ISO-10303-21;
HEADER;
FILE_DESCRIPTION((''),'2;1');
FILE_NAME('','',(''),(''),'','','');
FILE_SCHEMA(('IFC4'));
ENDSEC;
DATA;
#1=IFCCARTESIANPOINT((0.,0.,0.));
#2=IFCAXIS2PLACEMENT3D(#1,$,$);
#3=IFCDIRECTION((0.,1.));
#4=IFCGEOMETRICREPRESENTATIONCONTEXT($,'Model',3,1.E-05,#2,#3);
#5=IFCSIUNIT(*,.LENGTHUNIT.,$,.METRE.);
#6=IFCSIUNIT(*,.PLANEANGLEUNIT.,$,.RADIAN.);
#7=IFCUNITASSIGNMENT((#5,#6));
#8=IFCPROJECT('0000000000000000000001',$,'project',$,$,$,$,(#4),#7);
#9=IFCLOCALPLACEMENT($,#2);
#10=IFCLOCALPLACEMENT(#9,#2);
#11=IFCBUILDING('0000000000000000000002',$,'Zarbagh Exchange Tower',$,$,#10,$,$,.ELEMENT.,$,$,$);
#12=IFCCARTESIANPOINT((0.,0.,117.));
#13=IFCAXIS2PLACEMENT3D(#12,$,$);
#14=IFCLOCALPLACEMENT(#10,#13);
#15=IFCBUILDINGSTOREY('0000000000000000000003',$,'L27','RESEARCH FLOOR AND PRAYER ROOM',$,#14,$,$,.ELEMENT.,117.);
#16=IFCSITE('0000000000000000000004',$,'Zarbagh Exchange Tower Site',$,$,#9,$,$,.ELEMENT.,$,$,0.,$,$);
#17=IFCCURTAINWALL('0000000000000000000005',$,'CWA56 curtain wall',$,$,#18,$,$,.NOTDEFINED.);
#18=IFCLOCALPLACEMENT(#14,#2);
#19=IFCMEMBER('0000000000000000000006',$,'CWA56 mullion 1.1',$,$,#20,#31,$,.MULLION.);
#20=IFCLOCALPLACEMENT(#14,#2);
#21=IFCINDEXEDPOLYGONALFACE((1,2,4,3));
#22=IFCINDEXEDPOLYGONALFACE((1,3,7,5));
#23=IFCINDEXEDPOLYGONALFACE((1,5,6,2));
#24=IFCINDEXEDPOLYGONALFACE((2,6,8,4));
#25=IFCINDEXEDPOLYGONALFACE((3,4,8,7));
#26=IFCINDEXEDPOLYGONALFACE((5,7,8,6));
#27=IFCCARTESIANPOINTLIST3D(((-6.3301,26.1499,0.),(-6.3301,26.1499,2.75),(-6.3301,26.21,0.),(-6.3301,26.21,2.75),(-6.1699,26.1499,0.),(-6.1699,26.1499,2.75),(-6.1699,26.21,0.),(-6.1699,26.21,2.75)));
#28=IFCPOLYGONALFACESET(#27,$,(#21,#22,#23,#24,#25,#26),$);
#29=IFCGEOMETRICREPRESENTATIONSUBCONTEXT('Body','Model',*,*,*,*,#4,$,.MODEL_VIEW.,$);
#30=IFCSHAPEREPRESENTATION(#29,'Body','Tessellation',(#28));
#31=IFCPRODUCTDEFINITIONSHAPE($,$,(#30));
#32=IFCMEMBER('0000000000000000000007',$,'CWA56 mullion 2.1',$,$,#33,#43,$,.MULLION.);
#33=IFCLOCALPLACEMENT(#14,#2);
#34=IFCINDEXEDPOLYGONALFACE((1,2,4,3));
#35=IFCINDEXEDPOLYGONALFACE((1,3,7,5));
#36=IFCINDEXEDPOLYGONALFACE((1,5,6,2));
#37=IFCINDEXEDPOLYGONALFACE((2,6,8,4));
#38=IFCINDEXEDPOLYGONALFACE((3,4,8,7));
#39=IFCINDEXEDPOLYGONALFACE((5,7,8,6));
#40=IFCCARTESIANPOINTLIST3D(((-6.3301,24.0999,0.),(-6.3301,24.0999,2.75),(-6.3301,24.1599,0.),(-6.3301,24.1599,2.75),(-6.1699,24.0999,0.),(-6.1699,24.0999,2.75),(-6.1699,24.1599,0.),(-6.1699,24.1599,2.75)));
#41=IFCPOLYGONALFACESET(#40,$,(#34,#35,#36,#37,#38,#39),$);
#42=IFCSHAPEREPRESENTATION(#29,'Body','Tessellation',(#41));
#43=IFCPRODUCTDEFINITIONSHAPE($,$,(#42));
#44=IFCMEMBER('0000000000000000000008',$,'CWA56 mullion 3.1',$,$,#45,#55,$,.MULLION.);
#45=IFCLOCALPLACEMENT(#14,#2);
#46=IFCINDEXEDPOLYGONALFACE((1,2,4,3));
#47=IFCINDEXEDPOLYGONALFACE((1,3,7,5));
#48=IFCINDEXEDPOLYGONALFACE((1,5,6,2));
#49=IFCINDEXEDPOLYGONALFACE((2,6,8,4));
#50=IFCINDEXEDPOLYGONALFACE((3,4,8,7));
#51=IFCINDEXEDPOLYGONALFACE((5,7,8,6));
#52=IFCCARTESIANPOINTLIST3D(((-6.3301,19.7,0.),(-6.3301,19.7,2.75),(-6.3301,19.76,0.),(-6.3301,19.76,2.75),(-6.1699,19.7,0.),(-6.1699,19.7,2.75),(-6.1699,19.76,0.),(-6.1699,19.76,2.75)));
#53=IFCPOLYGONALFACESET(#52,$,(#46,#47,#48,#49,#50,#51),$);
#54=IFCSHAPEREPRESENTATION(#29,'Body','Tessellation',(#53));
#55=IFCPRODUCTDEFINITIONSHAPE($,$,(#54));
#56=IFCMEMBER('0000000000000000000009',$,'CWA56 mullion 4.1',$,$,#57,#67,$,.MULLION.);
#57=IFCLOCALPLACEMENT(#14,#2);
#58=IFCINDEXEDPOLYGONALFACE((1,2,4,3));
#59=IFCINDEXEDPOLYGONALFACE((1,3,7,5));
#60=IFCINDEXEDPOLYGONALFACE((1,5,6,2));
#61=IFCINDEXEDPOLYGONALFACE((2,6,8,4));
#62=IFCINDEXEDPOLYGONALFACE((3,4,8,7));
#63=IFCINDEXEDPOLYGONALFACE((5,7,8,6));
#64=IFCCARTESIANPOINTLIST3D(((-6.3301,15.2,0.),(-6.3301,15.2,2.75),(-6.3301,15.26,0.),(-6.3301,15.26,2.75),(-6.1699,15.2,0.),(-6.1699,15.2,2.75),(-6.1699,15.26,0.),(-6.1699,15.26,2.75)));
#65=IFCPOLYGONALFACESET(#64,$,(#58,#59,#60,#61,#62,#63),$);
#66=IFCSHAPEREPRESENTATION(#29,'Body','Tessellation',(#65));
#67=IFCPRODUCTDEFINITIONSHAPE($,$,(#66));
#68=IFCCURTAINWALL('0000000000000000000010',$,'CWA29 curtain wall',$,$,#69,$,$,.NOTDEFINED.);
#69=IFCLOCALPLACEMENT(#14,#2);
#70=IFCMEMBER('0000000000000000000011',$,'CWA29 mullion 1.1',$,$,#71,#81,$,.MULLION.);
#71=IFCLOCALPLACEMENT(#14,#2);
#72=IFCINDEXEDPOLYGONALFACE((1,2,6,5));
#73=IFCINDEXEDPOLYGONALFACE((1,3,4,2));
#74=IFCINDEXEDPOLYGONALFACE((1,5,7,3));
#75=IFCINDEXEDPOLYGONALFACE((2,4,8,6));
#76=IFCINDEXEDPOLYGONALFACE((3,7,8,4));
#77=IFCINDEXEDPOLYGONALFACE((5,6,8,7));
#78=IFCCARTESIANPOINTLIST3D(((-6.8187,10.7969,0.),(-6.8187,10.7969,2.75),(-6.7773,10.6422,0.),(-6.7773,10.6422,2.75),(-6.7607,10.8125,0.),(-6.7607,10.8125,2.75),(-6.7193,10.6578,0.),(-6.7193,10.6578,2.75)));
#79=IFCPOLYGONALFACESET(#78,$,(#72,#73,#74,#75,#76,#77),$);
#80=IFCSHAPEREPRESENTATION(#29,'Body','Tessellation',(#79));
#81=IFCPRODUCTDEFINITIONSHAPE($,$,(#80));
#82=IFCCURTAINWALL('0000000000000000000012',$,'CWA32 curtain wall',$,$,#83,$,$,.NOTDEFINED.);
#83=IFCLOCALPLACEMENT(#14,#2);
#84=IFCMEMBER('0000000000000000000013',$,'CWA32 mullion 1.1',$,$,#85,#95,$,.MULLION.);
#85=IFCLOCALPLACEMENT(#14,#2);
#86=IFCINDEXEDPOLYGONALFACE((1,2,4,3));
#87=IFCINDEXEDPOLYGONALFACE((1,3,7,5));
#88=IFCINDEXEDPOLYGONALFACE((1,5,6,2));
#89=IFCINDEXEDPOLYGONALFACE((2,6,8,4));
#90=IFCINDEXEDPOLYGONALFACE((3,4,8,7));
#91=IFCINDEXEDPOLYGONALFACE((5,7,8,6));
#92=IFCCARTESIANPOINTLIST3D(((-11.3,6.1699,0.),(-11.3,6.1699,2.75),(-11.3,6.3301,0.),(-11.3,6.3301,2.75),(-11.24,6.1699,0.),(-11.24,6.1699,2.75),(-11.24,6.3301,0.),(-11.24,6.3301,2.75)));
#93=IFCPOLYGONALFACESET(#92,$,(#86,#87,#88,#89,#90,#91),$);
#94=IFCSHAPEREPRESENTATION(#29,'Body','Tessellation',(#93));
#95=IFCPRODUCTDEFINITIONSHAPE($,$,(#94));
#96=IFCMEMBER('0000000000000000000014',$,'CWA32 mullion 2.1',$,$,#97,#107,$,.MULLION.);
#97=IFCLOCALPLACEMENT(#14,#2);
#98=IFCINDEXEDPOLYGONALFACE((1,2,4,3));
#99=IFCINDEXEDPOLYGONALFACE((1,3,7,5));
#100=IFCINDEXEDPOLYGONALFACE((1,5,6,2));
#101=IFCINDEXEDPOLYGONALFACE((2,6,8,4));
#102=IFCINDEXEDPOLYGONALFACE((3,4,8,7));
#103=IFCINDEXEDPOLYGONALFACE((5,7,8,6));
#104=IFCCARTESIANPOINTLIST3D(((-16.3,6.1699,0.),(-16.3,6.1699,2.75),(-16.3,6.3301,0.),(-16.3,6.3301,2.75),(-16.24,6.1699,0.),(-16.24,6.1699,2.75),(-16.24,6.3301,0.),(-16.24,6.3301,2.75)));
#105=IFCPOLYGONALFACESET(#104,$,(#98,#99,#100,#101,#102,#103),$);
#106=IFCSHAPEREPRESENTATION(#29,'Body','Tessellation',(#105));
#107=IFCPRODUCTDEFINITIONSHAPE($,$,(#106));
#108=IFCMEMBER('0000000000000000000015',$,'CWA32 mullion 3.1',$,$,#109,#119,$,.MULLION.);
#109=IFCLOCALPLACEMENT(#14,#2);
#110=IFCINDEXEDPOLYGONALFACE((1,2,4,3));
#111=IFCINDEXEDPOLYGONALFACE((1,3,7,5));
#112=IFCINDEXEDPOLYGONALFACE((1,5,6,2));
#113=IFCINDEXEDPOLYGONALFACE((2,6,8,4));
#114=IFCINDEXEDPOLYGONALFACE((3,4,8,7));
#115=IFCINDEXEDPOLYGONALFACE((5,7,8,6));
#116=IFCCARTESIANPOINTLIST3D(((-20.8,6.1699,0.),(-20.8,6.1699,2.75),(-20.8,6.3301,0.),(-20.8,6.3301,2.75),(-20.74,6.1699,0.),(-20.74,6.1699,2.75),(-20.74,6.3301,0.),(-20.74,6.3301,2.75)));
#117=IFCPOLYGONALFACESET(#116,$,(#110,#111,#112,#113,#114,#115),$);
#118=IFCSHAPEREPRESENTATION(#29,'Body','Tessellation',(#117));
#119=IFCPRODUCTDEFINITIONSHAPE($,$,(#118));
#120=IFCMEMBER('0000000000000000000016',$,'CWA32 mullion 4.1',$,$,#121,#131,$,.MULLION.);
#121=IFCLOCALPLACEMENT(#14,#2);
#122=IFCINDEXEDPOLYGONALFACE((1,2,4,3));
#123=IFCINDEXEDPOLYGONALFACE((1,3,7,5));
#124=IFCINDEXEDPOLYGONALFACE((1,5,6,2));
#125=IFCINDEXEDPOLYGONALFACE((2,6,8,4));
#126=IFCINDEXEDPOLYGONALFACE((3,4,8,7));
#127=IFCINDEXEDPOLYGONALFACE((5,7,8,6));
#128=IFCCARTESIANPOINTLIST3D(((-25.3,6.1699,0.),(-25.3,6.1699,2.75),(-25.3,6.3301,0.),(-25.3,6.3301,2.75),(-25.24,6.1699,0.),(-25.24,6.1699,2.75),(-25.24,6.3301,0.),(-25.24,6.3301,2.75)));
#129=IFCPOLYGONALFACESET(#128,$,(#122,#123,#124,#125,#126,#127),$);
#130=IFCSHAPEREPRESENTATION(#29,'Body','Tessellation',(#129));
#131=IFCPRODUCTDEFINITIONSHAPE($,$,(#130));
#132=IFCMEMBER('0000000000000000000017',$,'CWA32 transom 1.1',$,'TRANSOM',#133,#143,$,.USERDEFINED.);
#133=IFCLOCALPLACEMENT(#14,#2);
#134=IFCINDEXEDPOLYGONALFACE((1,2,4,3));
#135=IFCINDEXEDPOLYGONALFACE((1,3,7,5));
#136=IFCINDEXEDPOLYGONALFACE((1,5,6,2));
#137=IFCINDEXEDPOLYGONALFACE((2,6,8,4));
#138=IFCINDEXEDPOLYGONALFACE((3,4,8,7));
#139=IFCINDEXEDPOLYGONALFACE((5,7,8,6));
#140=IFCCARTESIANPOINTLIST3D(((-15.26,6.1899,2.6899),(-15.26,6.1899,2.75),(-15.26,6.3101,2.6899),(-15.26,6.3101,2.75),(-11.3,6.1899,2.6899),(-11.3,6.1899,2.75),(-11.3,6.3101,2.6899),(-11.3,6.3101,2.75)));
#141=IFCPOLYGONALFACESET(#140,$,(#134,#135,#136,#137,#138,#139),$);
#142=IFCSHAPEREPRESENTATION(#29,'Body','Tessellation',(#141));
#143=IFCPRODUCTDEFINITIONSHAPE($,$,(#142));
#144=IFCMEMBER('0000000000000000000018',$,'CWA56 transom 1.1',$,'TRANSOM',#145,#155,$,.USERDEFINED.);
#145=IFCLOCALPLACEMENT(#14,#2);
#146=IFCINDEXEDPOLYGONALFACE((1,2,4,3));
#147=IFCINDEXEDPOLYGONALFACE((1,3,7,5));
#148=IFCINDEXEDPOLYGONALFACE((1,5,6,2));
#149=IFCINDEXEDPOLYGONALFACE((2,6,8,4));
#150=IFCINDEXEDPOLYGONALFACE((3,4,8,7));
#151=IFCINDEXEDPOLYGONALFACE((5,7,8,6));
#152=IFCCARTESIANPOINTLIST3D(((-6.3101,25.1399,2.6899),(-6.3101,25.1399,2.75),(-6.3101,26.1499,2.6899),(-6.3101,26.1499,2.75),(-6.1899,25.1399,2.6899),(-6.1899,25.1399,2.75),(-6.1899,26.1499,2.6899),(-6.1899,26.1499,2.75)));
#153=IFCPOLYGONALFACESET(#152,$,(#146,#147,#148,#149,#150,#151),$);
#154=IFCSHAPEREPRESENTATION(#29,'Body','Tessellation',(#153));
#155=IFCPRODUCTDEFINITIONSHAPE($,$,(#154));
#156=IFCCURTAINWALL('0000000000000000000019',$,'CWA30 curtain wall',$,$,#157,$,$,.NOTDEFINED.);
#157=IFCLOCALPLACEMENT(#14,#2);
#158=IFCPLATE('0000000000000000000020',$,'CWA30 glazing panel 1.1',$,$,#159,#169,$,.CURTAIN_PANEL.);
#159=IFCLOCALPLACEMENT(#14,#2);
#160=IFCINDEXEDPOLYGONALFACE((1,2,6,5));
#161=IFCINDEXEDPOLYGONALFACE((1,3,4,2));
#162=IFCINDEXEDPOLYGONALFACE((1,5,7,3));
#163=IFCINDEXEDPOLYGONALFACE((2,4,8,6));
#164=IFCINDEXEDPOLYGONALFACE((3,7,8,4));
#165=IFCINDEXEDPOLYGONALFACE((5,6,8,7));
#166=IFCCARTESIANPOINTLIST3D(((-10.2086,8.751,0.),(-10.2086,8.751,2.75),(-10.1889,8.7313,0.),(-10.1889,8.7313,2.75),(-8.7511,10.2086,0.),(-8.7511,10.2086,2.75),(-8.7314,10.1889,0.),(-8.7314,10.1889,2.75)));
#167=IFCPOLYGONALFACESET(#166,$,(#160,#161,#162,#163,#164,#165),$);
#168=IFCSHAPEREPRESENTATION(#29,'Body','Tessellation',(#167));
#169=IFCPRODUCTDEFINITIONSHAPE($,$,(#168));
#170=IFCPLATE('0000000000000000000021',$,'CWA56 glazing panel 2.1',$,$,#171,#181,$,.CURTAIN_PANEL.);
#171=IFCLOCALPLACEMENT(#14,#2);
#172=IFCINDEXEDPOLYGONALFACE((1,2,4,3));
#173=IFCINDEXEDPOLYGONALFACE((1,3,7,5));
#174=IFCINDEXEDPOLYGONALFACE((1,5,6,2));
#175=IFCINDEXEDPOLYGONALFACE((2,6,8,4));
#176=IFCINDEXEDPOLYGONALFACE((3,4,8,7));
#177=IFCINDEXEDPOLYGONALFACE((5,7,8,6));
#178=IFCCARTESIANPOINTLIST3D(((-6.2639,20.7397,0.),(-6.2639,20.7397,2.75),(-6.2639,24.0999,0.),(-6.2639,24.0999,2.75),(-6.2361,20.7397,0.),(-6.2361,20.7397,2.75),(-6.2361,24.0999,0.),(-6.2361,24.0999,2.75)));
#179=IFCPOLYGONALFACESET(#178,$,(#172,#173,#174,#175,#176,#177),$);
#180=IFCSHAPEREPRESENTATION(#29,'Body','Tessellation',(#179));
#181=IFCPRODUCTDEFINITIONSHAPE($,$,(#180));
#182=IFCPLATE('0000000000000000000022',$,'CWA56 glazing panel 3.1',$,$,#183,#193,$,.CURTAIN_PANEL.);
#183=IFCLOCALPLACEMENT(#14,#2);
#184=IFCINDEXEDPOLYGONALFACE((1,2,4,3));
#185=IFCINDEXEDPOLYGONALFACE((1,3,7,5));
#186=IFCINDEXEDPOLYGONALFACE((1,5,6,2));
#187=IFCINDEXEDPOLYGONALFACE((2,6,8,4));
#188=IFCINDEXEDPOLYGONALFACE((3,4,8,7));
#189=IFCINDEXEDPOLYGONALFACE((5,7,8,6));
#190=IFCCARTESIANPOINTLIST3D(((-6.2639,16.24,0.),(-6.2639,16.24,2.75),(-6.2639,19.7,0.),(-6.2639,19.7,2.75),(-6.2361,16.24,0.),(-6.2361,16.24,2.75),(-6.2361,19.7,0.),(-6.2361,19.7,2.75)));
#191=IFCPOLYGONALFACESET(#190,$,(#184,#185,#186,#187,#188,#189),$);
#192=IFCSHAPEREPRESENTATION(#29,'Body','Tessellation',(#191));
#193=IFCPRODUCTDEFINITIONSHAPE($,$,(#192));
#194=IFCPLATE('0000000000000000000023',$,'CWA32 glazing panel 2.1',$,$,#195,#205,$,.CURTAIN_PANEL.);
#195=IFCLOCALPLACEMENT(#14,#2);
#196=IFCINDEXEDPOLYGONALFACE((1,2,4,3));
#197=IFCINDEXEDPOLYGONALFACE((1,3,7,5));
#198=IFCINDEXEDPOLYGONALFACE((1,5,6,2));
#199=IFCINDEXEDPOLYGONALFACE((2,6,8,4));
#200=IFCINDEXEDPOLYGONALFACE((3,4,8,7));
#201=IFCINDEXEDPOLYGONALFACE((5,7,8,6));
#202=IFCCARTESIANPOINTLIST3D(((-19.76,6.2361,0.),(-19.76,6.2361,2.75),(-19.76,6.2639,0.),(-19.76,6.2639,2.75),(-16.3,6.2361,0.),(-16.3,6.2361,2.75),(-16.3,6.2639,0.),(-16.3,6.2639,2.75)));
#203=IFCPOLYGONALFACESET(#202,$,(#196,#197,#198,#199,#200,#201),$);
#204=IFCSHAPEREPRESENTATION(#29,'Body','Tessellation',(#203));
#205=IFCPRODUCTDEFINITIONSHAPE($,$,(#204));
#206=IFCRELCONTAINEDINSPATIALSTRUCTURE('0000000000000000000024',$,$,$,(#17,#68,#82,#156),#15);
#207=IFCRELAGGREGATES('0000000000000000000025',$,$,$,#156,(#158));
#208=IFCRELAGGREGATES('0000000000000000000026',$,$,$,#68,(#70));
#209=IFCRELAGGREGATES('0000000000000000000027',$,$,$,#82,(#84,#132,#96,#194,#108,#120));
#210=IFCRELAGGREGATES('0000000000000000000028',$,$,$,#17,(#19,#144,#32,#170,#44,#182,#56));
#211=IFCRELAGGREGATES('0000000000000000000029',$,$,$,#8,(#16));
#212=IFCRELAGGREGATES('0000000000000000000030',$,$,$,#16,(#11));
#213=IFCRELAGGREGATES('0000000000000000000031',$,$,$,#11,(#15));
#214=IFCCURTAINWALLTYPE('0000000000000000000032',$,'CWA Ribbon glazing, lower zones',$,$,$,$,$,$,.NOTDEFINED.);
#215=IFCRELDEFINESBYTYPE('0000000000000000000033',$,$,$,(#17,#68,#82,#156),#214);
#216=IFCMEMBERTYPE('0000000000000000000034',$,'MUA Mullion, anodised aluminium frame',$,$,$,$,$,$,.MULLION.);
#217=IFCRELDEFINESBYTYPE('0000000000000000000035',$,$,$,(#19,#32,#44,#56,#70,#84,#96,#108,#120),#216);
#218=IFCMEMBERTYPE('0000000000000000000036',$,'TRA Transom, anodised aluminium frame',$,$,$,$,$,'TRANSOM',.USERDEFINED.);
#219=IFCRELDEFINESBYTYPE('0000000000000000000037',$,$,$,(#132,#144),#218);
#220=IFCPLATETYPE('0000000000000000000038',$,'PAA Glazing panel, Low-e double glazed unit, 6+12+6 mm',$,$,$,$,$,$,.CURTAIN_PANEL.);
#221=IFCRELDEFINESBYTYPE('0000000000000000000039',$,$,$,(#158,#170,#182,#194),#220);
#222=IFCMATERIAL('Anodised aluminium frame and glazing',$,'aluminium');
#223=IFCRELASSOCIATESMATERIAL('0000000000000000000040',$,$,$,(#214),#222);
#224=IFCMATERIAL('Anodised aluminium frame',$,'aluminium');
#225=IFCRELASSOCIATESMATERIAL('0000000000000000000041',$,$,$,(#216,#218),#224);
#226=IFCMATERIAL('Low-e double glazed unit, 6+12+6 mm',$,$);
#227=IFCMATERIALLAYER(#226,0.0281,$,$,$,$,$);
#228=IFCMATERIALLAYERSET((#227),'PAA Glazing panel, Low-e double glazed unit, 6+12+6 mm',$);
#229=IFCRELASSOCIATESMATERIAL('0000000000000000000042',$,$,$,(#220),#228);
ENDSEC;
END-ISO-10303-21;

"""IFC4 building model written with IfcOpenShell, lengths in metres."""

from ifc_helpers import new_model, si_unit, direction, frame, origin, place, context, subcontext, project, spatial, polyline, outline, extrude, source, transform, mapped, material, layer, layer_set, type_object, element, aggregate, save


model = new_model("IFC4")

# Units and contexts
model_context = context("Model", 3, precision=1e-05, world=origin(), true_north=direction((0.0, 1.0)))
body_context = subcontext(model_context, "Body", "Model", "MODEL_VIEW")
ifc_project = project(units=[si_unit("LENGTHUNIT", "METRE"), si_unit("PLANEANGLEUNIT", "RADIAN")], contexts=[model_context])

# Site, building, storey
site_placement = place(None, origin())
site = spatial("IfcSite", under=ifc_project, at=site_placement, Name="Zarbagh Exchange Tower Site", CompositionType="ELEMENT", RefElevation=0.0)
building_placement = place(site_placement, origin())
building = spatial("IfcBuilding", under=site, at=building_placement, Name="Zarbagh Exchange Tower", CompositionType="ELEMENT")
storey_placement = place(building_placement, frame((0.0, 0.0, 117.0)))
storey = spatial("IfcBuildingStorey", under=building, at=storey_placement, Name="L27", Description="RESEARCH FLOOR AND PRAYER ROOM", CompositionType="ELEMENT", Elevation=117.0)

# Curtain wall, members
ifc_material_1 = material(Name="Anodised aluminium frame and glazing", Category="aluminium")
curtain_wall_type = type_object("IfcCurtainWallType", Name="CWA Ribbon glazing, lower zones", PredefinedType="NOTDEFINED", material=ifc_material_1)
curtain_wall_1_placement = place(storey_placement, origin())
curtain_wall_1 = element("IfcCurtainWall", 1, at=curtain_wall_1_placement, inside=storey, type_object=curtain_wall_type, Name="CWA56 curtain wall", PredefinedType="NOTDEFINED")
ifc_material_2 = material(Name="Anodised aluminium frame", Category="aluminium")
member_type_1 = type_object("IfcMemberType", Name="MUA Mullion, anodised aluminium frame", PredefinedType="MULLION", material=ifc_material_2)
shared_shape_1 = source(origin(), body_context, "Body", "SweptSolid", [
    extrude(outline(polyline([(0.0, -0.0801), (0.0601, -0.0801), (0.0601, 0.0801), (0.0, 0.0801), (0.0, -0.0801)])), origin(), (0.0, 0.0, 1.0), 2.75),
])
placement = place(storey_placement, origin())
member_1 = element("IfcMember", 2, at=placement, type_object=member_type_1, Name="CWA56 mullion 1.1", PredefinedType="MULLION", context=body_context, shape_type="MappedRepresentation", body=[
    mapped(shared_shape_1, transform((-6.25, 26.21, 0.0), x_axis=(0.0, -1.0, 0.0), y_axis=(1.0, 0.0, 0.0), z_axis=(0.0, 0.0, 1.0))),
])
member_2 = element("IfcMember", 3, at=placement, type_object=member_type_1, Name="CWA56 mullion 2.1", PredefinedType="MULLION", context=body_context, shape_type="MappedRepresentation", body=[
    mapped(shared_shape_1, transform((-6.25, 24.1599, 0.0), x_axis=(0.0, -1.0, 0.0), y_axis=(1.0, 0.0, 0.0), z_axis=(0.0, 0.0, 1.0))),
])
member_3 = element("IfcMember", 4, at=placement, type_object=member_type_1, Name="CWA56 mullion 3.1", PredefinedType="MULLION", context=body_context, shape_type="MappedRepresentation", body=[
    mapped(shared_shape_1, transform((-6.25, 19.76, 0.0), x_axis=(0.0, -1.0, 0.0), y_axis=(1.0, 0.0, 0.0), z_axis=(0.0, 0.0, 1.0))),
])
member_4 = element("IfcMember", 5, at=placement, type_object=member_type_1, Name="CWA56 mullion 4.1", PredefinedType="MULLION", context=body_context, shape_type="MappedRepresentation", body=[
    mapped(shared_shape_1, transform((-6.25, 15.26, 0.0), x_axis=(0.0, -1.0, 0.0), y_axis=(1.0, 0.0, 0.0), z_axis=(0.0, 0.0, 1.0))),
])

# Curtain wall, member
curtain_wall_2_placement = place(storey_placement, origin())
curtain_wall_2 = element("IfcCurtainWall", 6, at=curtain_wall_2_placement, inside=storey, type_object=curtain_wall_type, Name="CWA29 curtain wall", PredefinedType="NOTDEFINED")
member_5 = element("IfcMember", 7, at=placement, type_object=member_type_1, Name="CWA29 mullion 1.1", PredefinedType="MULLION", context=body_context, shape_type="MappedRepresentation", body=[
    mapped(shared_shape_1, transform((-6.74, 10.7351, 0.0), x_axis=(-0.965924, -0.258825, 0.0), y_axis=(0.258825, -0.965924, 0.0), z_axis=(0.0, 0.0, 1.0))),
])

# Curtain wall, members
curtain_wall_3_placement = place(storey_placement, origin())
curtain_wall_3 = element("IfcCurtainWall", 8, at=curtain_wall_3_placement, inside=storey, type_object=curtain_wall_type, Name="CWA32 curtain wall", PredefinedType="NOTDEFINED")
member_6 = element("IfcMember", 9, at=placement, type_object=member_type_1, Name="CWA32 mullion 1.1", PredefinedType="MULLION", context=body_context, shape_type="MappedRepresentation", body=[
    mapped(shared_shape_1, transform((-11.24, 6.25, 0.0), x_axis=(-1.0, 0.0, 0.0), y_axis=(0.0, -1.0, 0.0), z_axis=(0.0, 0.0, 1.0))),
])
member_7 = element("IfcMember", 10, at=placement, type_object=member_type_1, Name="CWA32 mullion 2.1", PredefinedType="MULLION", context=body_context, shape_type="MappedRepresentation", body=[
    mapped(shared_shape_1, transform((-16.24, 6.25, 0.0), x_axis=(-1.0, 0.0, 0.0), y_axis=(0.0, -1.0, 0.0), z_axis=(0.0, 0.0, 1.0))),
])
member_8 = element("IfcMember", 11, at=placement, type_object=member_type_1, Name="CWA32 mullion 3.1", PredefinedType="MULLION", context=body_context, shape_type="MappedRepresentation", body=[
    mapped(shared_shape_1, transform((-20.74, 6.25, 0.0), x_axis=(-1.0, 0.0, 0.0), y_axis=(0.0, -1.0, 0.0), z_axis=(0.0, 0.0, 1.0))),
])
member_9 = element("IfcMember", 12, at=placement, type_object=member_type_1, Name="CWA32 mullion 4.1", PredefinedType="MULLION", context=body_context, shape_type="MappedRepresentation", body=[
    mapped(shared_shape_1, transform((-25.24, 6.25, 0.0), x_axis=(-1.0, 0.0, 0.0), y_axis=(0.0, -1.0, 0.0), z_axis=(0.0, 0.0, 1.0))),
])
member_type_2 = type_object("IfcMemberType", Name="TRA Transom, anodised aluminium frame", ElementType="TRANSOM", PredefinedType="USERDEFINED", material=ifc_material_2)
shared_shape_2 = source(origin(), body_context, "Body", "SweptSolid", [
    extrude(outline(polyline([(-0.0601, -0.0601), (0.0, -0.0601), (0.0, 0.0601), (-0.0601, 0.0601), (-0.0601, -0.0601)])), origin(), (0.0, 0.0, 1.0), 3.96),
])
member_10 = element("IfcMember", 13, at=placement, type_object=member_type_2, Name="CWA32 transom 1.1", ObjectType="TRANSOM", PredefinedType="USERDEFINED", context=body_context, shape_type="MappedRepresentation", body=[
    mapped(shared_shape_2, transform((-11.3, 6.25, 2.75), x_axis=(0.0, 0.0, 1.0), y_axis=(0.0, 1.0, 0.0), z_axis=(-1.0, 0.0, 0.0))),
])

# Member
shared_shape_3 = source(origin(), body_context, "Body", "SweptSolid", [
    extrude(outline(polyline([(-0.0601, -0.0601), (0.0, -0.0601), (0.0, 0.0601), (-0.0601, 0.0601), (-0.0601, -0.0601)])), origin(), (0.0, 0.0, 1.0), 1.01),
])
member_11 = element("IfcMember", 14, at=placement, type_object=member_type_2, Name="CWA56 transom 1.1", ObjectType="TRANSOM", PredefinedType="USERDEFINED", context=body_context, shape_type="MappedRepresentation", body=[
    mapped(shared_shape_3, transform((-6.25, 26.1499, 2.75), x_axis=(0.0, 0.0, 1.0), y_axis=(-1.0, 0.0, 0.0), z_axis=(0.0, -1.0, 0.0))),
])

# Curtain wall, plate
curtain_wall_4_placement = place(storey_placement, origin())
curtain_wall_4 = element("IfcCurtainWall", 15, at=curtain_wall_4_placement, inside=storey, type_object=curtain_wall_type, Name="CWA30 curtain wall", PredefinedType="NOTDEFINED")
ifc_material_3 = material(Name="Low-e double glazed unit, 6+12+6 mm")
ifc_layer = layer(ifc_material_3, 0.0281)
ifc_layer_set = layer_set([ifc_layer], Name="PAA Glazing panel, Low-e double glazed unit, 6+12+6 mm")
plate_type = type_object("IfcPlateType", Name="PAA Glazing panel, Low-e double glazed unit, 6+12+6 mm", PredefinedType="CURTAIN_PANEL", material=ifc_layer_set)
shared_shape_4 = source(origin(), body_context, "Body", "SweptSolid", [
    extrude(outline(polyline([(0.0, -0.0139), (2.0613, -0.0139), (2.0613, 0.0139), (0.0, 0.0139), (0.0, -0.0139)])), origin(), (0.0, 0.0, 1.0), 2.75),
])
plate_1 = element("IfcPlate", 16, at=placement, type_object=plate_type, Name="CWA30 glazing panel 1.1", PredefinedType="CURTAIN_PANEL", context=body_context, shape_type="MappedRepresentation", body=[
    mapped(shared_shape_4, transform((-8.7412, 10.1987, 0.0), x_axis=(-0.707107, -0.707107, 0.0), y_axis=(0.707107, -0.707107, 0.0), z_axis=(0.0, 0.0, 1.0))),
])
aggregate(curtain_wall_4, [plate_1])

# Plates
shared_shape_5 = source(origin(), body_context, "Body", "SweptSolid", [
    extrude(outline(polyline([(0.0, -0.0139), (3.3601, -0.0139), (3.3601, 0.0139), (0.0, 0.0139), (0.0, -0.0139)])), origin(), (0.0, 0.0, 1.0), 2.75),
])
plate_2 = element("IfcPlate", 17, at=placement, type_object=plate_type, Name="CWA56 glazing panel 2.1", PredefinedType="CURTAIN_PANEL", context=body_context, shape_type="MappedRepresentation", body=[
    mapped(shared_shape_5, transform((-6.25, 24.0999, 0.0), x_axis=(0.0, -1.0, 0.0), y_axis=(1.0, 0.0, 0.0), z_axis=(0.0, 0.0, 1.0))),
])
shared_shape_6 = source(origin(), body_context, "Body", "SweptSolid", [
    extrude(outline(polyline([(0.0, -0.0139), (3.46, -0.0139), (3.46, 0.0139), (0.0, 0.0139), (0.0, -0.0139)])), origin(), (0.0, 0.0, 1.0), 2.75),
])
plate_3 = element("IfcPlate", 18, at=placement, type_object=plate_type, Name="CWA56 glazing panel 3.1", PredefinedType="CURTAIN_PANEL", context=body_context, shape_type="MappedRepresentation", body=[
    mapped(shared_shape_6, transform((-6.25, 19.7, 0.0), x_axis=(0.0, -1.0, 0.0), y_axis=(1.0, 0.0, 0.0), z_axis=(0.0, 0.0, 1.0))),
])
plate_4 = element("IfcPlate", 19, at=placement, type_object=plate_type, Name="CWA32 glazing panel 2.1", PredefinedType="CURTAIN_PANEL", context=body_context, shape_type="MappedRepresentation", body=[
    mapped(shared_shape_6, transform((-16.3, 6.25, 0.0), x_axis=(-1.0, 0.0, 0.0), y_axis=(0.0, -1.0, 0.0), z_axis=(0.0, 0.0, 1.0))),
])
aggregate(curtain_wall_2, [member_5])

aggregate(curtain_wall_3, [member_6, member_10, member_7, plate_4, member_8, member_9])

aggregate(curtain_wall_1, [member_1, member_11, member_2, plate_2, member_3, plate_3, member_4])

save(model, "model.ifc")
